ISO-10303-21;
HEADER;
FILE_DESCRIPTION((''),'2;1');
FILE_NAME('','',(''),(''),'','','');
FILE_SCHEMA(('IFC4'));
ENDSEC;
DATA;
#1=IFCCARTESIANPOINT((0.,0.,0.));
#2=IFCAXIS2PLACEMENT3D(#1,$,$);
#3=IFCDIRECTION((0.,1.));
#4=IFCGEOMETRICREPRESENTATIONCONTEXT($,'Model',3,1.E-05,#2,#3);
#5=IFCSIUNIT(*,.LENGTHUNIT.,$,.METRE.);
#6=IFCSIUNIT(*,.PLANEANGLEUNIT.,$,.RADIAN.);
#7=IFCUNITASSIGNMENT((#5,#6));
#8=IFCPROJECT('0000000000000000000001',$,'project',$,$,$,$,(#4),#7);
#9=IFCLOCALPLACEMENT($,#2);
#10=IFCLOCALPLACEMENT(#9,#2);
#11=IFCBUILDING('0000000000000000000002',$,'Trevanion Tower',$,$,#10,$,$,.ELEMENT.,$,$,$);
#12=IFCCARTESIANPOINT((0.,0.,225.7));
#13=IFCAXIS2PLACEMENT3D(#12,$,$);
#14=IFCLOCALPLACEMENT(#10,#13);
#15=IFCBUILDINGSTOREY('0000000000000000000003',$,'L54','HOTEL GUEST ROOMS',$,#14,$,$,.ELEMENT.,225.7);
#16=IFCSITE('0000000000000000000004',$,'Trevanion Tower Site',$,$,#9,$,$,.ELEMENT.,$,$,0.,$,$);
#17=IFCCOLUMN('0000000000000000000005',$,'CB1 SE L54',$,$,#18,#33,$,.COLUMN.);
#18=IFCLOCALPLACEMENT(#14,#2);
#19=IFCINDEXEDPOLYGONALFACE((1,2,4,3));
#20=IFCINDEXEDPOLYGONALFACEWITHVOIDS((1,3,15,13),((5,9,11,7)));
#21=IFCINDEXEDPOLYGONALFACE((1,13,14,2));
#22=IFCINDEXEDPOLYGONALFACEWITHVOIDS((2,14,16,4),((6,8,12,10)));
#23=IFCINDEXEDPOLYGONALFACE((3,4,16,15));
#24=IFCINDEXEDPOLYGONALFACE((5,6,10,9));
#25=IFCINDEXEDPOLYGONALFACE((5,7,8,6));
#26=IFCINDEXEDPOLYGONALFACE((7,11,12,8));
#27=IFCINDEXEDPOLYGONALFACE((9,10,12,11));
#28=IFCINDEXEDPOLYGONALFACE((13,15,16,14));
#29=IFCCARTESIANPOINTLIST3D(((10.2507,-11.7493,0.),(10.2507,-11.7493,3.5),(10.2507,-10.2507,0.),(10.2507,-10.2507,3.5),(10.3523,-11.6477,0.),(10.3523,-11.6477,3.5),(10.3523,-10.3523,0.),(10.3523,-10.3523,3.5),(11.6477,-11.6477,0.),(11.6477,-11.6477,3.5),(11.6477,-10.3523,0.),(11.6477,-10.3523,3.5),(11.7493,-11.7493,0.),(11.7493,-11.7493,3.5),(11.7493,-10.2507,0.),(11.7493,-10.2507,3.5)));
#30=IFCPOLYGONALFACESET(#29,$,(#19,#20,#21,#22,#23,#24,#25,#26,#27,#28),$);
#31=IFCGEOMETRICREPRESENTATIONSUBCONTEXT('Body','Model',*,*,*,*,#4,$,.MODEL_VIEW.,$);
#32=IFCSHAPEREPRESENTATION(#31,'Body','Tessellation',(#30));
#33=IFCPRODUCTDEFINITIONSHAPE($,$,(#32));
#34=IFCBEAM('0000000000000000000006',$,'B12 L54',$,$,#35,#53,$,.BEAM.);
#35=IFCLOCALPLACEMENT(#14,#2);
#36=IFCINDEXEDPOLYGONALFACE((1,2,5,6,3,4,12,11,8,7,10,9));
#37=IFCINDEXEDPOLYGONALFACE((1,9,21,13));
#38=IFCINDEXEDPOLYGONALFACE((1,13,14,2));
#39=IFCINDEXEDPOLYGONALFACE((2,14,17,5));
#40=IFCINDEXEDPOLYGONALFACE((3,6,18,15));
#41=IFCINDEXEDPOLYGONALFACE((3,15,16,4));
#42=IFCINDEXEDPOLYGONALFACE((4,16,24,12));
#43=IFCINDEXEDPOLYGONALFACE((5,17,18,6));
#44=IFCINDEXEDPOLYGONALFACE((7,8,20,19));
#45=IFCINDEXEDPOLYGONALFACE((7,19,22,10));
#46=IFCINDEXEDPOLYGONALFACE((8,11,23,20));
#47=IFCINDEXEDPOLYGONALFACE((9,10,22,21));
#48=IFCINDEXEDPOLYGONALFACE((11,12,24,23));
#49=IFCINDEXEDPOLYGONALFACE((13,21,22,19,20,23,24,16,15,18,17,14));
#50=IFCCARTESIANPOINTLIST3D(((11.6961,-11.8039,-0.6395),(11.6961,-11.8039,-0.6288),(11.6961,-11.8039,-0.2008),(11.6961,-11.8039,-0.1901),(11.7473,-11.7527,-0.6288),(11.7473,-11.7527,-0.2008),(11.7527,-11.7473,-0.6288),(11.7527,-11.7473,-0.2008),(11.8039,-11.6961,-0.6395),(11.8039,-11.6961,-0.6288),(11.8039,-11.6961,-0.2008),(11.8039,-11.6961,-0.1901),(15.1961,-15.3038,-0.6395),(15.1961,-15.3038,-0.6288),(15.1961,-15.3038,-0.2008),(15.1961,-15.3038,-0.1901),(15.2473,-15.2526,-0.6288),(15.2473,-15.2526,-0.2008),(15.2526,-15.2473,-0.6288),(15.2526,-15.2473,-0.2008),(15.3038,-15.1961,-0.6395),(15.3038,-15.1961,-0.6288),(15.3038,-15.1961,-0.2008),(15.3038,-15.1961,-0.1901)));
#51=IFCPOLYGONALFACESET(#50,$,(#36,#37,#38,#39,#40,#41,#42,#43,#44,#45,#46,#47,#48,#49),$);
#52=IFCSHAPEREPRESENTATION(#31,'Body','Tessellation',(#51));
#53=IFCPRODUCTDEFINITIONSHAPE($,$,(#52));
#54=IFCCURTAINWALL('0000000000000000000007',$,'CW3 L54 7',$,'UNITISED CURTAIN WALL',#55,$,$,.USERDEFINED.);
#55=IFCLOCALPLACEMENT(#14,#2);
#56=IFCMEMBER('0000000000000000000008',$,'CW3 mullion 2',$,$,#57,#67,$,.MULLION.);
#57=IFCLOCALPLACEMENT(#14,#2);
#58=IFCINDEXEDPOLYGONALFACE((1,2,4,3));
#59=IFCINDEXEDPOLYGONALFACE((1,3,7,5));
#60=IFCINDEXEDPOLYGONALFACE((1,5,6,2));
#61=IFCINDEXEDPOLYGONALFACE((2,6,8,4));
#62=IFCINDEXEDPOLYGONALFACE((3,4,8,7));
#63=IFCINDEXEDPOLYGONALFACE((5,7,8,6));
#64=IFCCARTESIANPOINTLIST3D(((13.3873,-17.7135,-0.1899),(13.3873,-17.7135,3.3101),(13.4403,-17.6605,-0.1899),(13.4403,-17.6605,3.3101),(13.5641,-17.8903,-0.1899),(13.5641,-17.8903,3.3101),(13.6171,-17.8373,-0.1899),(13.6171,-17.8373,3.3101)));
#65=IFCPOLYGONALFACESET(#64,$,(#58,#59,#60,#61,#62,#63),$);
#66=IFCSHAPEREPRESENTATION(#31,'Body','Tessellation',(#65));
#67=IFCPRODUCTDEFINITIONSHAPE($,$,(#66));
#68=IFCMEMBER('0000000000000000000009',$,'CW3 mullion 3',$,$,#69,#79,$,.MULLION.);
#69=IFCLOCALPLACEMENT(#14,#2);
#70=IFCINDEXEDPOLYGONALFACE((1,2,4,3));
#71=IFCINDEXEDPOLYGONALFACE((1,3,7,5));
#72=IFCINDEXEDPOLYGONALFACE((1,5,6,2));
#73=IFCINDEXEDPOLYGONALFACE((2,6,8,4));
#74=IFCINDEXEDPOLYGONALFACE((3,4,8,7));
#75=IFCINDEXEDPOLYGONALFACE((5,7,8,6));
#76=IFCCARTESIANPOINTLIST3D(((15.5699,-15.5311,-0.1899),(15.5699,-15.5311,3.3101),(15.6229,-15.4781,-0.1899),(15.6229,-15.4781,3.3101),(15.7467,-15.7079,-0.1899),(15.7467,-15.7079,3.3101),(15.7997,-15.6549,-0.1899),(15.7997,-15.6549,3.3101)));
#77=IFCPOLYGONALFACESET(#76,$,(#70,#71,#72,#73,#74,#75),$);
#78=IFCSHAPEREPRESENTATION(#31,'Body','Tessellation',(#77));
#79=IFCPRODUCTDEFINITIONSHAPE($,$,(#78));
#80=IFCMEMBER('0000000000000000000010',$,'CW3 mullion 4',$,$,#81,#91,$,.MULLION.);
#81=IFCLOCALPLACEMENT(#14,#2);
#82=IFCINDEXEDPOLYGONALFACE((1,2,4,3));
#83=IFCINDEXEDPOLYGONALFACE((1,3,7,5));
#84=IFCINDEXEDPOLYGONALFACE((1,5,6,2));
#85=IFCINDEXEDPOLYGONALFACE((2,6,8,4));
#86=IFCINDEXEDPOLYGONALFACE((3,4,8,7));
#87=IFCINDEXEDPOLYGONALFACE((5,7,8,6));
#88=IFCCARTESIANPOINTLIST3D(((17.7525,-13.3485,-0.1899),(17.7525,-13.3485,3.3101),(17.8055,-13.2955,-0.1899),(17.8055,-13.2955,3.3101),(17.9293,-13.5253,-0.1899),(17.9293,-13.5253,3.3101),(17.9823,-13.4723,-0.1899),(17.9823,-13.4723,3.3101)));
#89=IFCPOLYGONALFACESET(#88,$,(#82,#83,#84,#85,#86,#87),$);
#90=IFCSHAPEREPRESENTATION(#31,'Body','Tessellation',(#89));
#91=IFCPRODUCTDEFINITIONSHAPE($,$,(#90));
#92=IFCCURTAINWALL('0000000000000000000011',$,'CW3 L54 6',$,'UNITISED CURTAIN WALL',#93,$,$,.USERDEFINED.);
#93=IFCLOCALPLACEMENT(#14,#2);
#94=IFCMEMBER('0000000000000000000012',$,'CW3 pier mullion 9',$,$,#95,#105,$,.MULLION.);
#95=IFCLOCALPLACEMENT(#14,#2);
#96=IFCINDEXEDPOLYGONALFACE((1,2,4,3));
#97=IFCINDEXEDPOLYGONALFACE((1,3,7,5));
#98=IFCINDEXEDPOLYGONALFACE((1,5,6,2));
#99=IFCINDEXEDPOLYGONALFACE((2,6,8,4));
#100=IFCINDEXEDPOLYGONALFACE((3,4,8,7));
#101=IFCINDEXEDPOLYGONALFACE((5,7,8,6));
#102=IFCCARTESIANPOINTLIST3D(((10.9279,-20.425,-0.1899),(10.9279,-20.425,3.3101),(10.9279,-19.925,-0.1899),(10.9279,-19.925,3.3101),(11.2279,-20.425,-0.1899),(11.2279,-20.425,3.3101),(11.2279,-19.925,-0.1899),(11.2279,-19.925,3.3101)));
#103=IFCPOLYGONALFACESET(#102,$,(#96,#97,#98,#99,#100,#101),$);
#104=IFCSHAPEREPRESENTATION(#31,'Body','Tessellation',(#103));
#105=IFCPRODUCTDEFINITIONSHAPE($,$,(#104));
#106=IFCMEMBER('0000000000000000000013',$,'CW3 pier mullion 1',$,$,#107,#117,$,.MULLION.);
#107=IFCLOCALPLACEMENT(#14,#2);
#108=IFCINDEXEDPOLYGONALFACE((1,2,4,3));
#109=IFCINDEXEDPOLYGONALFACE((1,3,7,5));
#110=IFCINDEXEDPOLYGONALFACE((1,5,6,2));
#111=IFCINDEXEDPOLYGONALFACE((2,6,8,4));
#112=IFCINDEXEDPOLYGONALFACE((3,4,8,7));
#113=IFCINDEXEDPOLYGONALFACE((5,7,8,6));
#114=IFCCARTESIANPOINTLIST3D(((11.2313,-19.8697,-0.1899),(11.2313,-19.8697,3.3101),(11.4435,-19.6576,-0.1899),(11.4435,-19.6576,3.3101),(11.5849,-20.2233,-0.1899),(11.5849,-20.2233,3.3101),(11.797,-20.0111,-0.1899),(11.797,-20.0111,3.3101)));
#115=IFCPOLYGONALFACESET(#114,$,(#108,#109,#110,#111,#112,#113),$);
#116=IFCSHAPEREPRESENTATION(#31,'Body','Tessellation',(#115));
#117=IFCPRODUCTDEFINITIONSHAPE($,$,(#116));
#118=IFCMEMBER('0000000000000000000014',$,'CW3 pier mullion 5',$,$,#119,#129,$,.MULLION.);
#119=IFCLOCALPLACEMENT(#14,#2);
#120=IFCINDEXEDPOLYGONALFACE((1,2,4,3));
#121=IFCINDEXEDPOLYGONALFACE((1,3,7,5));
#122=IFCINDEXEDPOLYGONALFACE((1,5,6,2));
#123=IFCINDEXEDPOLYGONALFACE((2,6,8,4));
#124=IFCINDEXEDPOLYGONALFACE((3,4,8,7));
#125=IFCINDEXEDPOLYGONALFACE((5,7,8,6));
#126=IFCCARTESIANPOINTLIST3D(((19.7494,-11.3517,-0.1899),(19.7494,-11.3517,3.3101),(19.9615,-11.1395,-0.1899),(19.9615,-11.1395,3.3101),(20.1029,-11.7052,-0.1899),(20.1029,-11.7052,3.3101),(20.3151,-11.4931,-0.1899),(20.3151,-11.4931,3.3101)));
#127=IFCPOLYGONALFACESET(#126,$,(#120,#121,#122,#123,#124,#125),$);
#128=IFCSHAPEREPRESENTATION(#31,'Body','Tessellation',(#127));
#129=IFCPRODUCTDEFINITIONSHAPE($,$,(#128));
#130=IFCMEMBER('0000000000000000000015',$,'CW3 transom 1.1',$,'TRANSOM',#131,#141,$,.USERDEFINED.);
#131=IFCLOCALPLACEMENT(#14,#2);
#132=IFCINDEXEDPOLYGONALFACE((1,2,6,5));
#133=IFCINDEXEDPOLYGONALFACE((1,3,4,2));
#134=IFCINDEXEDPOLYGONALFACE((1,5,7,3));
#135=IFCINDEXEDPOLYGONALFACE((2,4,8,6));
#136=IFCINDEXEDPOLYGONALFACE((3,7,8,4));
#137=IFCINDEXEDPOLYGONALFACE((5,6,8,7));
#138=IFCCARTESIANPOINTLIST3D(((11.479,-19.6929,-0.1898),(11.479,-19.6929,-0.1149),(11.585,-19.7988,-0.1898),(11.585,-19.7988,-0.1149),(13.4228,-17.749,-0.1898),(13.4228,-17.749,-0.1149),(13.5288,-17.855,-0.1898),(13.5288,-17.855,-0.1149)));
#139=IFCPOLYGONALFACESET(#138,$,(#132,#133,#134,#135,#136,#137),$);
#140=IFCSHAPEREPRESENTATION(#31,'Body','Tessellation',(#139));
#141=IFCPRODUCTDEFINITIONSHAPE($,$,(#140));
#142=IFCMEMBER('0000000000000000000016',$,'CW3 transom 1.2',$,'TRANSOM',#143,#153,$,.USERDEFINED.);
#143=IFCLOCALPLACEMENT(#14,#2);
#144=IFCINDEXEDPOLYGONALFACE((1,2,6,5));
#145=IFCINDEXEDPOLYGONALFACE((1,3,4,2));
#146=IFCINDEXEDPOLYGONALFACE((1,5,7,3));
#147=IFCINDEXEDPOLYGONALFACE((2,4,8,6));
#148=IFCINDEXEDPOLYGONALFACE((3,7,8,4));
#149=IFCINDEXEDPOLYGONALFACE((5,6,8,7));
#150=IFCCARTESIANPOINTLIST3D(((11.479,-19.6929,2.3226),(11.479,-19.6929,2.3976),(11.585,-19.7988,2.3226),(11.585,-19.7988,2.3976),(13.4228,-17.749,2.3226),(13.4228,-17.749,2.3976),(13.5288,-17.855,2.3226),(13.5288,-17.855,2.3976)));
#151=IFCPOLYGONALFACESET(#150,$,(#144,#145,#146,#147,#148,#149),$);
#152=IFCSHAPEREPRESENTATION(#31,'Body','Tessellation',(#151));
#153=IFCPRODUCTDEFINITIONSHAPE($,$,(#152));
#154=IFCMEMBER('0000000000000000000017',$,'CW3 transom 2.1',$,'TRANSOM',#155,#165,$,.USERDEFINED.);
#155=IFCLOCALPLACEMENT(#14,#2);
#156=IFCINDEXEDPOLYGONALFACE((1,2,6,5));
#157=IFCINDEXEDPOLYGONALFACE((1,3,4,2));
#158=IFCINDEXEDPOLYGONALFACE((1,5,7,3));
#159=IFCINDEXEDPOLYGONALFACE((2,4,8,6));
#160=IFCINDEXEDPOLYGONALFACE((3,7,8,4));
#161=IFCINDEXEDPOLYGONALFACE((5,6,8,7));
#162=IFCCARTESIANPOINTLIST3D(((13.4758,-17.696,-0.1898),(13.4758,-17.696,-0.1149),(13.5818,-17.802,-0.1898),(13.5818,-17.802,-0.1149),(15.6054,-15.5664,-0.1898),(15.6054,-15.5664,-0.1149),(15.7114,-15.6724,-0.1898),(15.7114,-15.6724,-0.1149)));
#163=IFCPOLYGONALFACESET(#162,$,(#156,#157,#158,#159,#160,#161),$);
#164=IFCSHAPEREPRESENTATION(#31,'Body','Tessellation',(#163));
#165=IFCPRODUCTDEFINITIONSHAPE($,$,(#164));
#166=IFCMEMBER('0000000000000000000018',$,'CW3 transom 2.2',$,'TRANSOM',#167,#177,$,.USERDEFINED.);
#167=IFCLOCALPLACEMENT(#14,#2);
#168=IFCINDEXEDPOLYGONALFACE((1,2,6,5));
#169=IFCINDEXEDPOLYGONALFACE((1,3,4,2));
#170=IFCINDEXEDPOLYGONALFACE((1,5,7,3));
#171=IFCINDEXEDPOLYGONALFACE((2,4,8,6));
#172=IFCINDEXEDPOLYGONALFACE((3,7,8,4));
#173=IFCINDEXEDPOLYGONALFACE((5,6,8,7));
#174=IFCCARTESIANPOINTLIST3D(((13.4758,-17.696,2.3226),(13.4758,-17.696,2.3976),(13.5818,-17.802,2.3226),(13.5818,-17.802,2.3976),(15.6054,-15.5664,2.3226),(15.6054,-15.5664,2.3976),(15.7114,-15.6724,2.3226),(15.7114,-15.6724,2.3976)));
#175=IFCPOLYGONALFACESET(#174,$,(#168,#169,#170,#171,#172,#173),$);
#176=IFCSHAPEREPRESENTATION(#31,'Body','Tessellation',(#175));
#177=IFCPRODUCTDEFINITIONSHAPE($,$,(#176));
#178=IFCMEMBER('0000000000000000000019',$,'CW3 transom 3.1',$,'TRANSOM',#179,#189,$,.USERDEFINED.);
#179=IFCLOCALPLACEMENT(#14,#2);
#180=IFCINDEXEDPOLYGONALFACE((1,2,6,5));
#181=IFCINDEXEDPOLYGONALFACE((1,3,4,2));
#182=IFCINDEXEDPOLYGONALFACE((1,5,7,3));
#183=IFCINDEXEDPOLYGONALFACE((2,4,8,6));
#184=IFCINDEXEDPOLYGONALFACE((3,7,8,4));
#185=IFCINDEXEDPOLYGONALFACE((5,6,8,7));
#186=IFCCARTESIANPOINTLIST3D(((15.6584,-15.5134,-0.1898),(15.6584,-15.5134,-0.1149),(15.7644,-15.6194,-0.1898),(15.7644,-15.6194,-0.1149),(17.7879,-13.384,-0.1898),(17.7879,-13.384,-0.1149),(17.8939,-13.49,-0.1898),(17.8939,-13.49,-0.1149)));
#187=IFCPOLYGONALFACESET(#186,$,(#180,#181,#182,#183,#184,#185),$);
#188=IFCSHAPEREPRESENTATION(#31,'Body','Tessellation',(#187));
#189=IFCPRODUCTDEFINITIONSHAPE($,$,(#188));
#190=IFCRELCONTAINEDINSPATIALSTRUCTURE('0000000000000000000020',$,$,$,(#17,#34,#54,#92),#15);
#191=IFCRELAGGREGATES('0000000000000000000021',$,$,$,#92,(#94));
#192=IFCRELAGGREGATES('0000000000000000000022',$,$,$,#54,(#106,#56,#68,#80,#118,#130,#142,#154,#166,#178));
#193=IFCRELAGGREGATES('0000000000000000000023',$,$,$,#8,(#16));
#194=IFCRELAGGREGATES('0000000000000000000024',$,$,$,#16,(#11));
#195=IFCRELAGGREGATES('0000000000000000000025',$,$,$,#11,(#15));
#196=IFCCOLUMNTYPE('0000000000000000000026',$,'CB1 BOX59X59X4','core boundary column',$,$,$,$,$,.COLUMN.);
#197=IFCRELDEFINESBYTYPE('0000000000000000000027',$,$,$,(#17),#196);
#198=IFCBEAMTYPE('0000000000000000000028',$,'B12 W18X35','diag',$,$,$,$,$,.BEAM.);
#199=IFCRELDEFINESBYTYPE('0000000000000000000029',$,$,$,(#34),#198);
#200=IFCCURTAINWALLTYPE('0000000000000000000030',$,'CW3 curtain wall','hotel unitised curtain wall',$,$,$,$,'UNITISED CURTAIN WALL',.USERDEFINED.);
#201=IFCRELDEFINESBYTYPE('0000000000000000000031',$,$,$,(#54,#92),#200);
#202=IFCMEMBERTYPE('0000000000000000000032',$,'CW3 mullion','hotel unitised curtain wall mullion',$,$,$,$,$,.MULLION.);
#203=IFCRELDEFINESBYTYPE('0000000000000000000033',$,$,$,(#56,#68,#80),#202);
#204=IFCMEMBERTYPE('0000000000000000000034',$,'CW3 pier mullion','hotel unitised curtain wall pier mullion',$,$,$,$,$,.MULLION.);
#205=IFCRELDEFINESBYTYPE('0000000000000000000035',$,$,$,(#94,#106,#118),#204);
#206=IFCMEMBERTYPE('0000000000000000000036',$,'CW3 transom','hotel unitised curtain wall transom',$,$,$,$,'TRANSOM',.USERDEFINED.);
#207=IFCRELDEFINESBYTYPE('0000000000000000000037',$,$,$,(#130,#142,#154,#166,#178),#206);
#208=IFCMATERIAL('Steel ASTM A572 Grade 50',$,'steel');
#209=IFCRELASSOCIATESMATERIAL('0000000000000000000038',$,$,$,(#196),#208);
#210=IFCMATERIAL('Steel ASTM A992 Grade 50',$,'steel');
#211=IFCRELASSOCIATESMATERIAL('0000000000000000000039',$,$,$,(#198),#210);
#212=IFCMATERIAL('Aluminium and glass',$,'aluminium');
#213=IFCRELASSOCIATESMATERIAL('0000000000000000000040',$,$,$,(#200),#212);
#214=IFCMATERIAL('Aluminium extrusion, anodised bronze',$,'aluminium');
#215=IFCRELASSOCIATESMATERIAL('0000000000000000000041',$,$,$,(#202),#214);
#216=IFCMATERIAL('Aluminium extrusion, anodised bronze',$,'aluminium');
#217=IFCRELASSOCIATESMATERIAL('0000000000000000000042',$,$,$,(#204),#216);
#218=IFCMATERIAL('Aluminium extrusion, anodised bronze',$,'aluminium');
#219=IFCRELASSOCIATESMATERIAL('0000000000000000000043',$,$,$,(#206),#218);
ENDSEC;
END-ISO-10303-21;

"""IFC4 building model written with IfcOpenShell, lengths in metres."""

from ifc_helpers import new_model, si_unit, direction, frame, origin, origin_2d, place, context, subcontext, project, spatial, rectangle, hollow_rectangle, i_section, extrude, material, material_profile, profile_set, type_object, element, aggregate, save


model = new_model("IFC4")

# Units and contexts
model_context = context("Model", 3, precision=1e-05, world=origin(), true_north=direction((0.0, 1.0)))
body_context = subcontext(model_context, "Body", "Model", "MODEL_VIEW")
ifc_project = project(units=[si_unit("LENGTHUNIT", "METRE"), si_unit("PLANEANGLEUNIT", "RADIAN")], contexts=[model_context])

# Site, building, storey
site_placement = place(None, origin())
site = spatial("IfcSite", under=ifc_project, at=site_placement, Name="Trevanion Tower Site", CompositionType="ELEMENT", RefElevation=0.0)
building_placement = place(site_placement, origin())
building = spatial("IfcBuilding", under=site, at=building_placement, Name="Trevanion Tower", CompositionType="ELEMENT")
storey_placement = place(building_placement, frame((0.0, 0.0, 225.7)))
storey = spatial("IfcBuildingStorey", under=building, at=storey_placement, Name="L54", Description="HOTEL GUEST ROOMS", CompositionType="ELEMENT", Elevation=225.7)

# Column
ifc_material_1 = material(Name="Steel ASTM A572 Grade 50", Category="steel")
ifc_material_profile_1 = material_profile(ifc_material_1, hollow_rectangle(XDim=1.4985, YDim=1.4985, WallThickness=0.1016, at=origin_2d()), Name="BOX59X59X4")
ifc_profile_set_1 = profile_set([ifc_material_profile_1], Name="Steel ASTM A572 Grade 50")
column_type = type_object("IfcColumnType", Name="CB1 BOX59X59X4", Description="core boundary column", PredefinedType="COLUMN", material=ifc_profile_set_1)
column_placement = place(storey_placement, frame((11.0, -11.0, 0.0), z_axis=(0.0, 0.0, 1.0), x_axis=(1.0, 0.0, 0.0)))
element("IfcColumn", 1, at=column_placement, inside=storey, type_object=column_type, Name="CB1 SE L54", PredefinedType="COLUMN", context=body_context, shape_type="SweptSolid", body=[
    extrude(hollow_rectangle(XDim=1.4985, YDim=1.4985, WallThickness=0.1016, at=origin_2d()), origin(), (0.0, 0.0, 1.0), 3.5),
])

# Beam
ifc_material_2 = material(Name="Steel ASTM A992 Grade 50", Category="steel")
ifc_material_profile_2 = material_profile(ifc_material_2, i_section(OverallWidth=0.1523, OverallDepth=0.4495, WebThickness=0.0076, FlangeThickness=0.0107, at=origin_2d()), Name="W18X35")
ifc_profile_set_2 = profile_set([ifc_material_profile_2], Name="Steel ASTM A992 Grade 50")
beam_type_1 = type_object("IfcBeamType", Name="B12 W18X35", Description="diag", PredefinedType="BEAM", material=ifc_profile_set_2)
beam_placement = place(storey_placement, frame((11.75, -11.75, -0.4148), z_axis=(0.707107, -0.707107, 0.0), x_axis=(0.707107, 0.707107, 0.0)))
element("IfcBeam", 2, at=beam_placement, inside=storey, type_object=beam_type_1, Name="B12 L54", PredefinedType="BEAM", context=body_context, shape_type="SweptSolid", body=[
    extrude(i_section(OverallWidth=0.1523, OverallDepth=0.4495, WebThickness=0.0076, FlangeThickness=0.0107, at=origin_2d()), origin(), (0.0, 0.0, 1.0), 4.9497),
])

# Curtain wall, members
ifc_material_3 = material(Name="Aluminium and glass", Category="aluminium")
curtain_wall_type = type_object("IfcCurtainWallType", Name="CW3 curtain wall", Description="hotel unitised curtain wall", ElementType="UNITISED CURTAIN WALL", PredefinedType="USERDEFINED", material=ifc_material_3)
curtain_wall_1_placement = place(storey_placement, origin())
curtain_wall_1 = element("IfcCurtainWall", 3, at=curtain_wall_1_placement, inside=storey, type_object=curtain_wall_type, Name="CW3 L54 7", ObjectType="UNITISED CURTAIN WALL", PredefinedType="USERDEFINED")
ifc_material_4 = material(Name="Aluminium extrusion, anodised bronze", Category="aluminium")
ifc_material_profile_3 = material_profile(ifc_material_4, rectangle(XDim=0.075, YDim=0.25, at=origin_2d()), Name="CW3 mullion")
ifc_profile_set_3 = profile_set([ifc_material_profile_3], Name="Aluminium extrusion, anodised bronze")
member_type_1 = type_object("IfcMemberType", Name="CW3 mullion", Description="hotel unitised curtain wall mullion", PredefinedType="MULLION", material=ifc_profile_set_3)
member_1_placement = place(storey_placement, frame((13.5022, -17.7754, -0.1899), z_axis=(0.0, 0.0, 1.0), x_axis=(0.707107, 0.707107, 0.0)))
member_1 = element("IfcMember", 4, at=member_1_placement, type_object=member_type_1, Name="CW3 mullion 2", PredefinedType="MULLION", context=body_context, shape_type="SweptSolid", body=[
    extrude(rectangle(XDim=0.075, YDim=0.25, at=origin_2d()), origin(), (0.0, 0.0, 1.0), 3.5),
])
member_2_placement = place(storey_placement, frame((15.6848, -15.593, -0.1899), z_axis=(0.0, 0.0, 1.0), x_axis=(0.707107, 0.707107, 0.0)))
member_2 = element("IfcMember", 5, at=member_2_placement, type_object=member_type_1, Name="CW3 mullion 3", PredefinedType="MULLION", context=body_context, shape_type="SweptSolid", body=[
    extrude(rectangle(XDim=0.075, YDim=0.25, at=origin_2d()), origin(), (0.0, 0.0, 1.0), 3.5),
])
member_3_placement = place(storey_placement, frame((17.8674, -13.4104, -0.1899), z_axis=(0.0, 0.0, 1.0), x_axis=(0.707107, 0.707107, 0.0)))
member_3 = element("IfcMember", 6, at=member_3_placement, type_object=member_type_1, Name="CW3 mullion 4", PredefinedType="MULLION", context=body_context, shape_type="SweptSolid", body=[
    extrude(rectangle(XDim=0.075, YDim=0.25, at=origin_2d()), origin(), (0.0, 0.0, 1.0), 3.5),
])

# Curtain wall, member
curtain_wall_2_placement = place(storey_placement, origin())
curtain_wall_2 = element("IfcCurtainWall", 7, at=curtain_wall_2_placement, inside=storey, type_object=curtain_wall_type, Name="CW3 L54 6", ObjectType="UNITISED CURTAIN WALL", PredefinedType="USERDEFINED")
ifc_material_5 = material(Name="Aluminium extrusion, anodised bronze", Category="aluminium")
ifc_material_profile_4 = material_profile(ifc_material_5, rectangle(XDim=0.3, YDim=0.5, at=origin_2d()), Name="CW3 pier mullion")
ifc_profile_set_4 = profile_set([ifc_material_profile_4], Name="Aluminium extrusion, anodised bronze")
member_type_2 = type_object("IfcMemberType", Name="CW3 pier mullion", Description="hotel unitised curtain wall pier mullion", PredefinedType="MULLION", material=ifc_profile_set_4)
member_4_placement = place(storey_placement, frame((11.0779, -20.175, -0.1899), z_axis=(0.0, 0.0, 1.0), x_axis=(1.0, 0.0, 0.0)))
member_4 = element("IfcMember", 8, at=member_4_placement, type_object=member_type_2, Name="CW3 pier mullion 9", PredefinedType="MULLION", context=body_context, shape_type="SweptSolid", body=[
    extrude(rectangle(XDim=0.3, YDim=0.5, at=origin_2d()), origin(), (0.0, 0.0, 1.0), 3.5),
])
aggregate(curtain_wall_2, [member_4])

# Members
member_5_placement = place(storey_placement, frame((11.5142, -19.9404, -0.1899), z_axis=(0.0, 0.0, 1.0), x_axis=(0.707107, 0.707107, 0.0)))
member_5 = element("IfcMember", 9, at=member_5_placement, type_object=member_type_2, Name="CW3 pier mullion 1", PredefinedType="MULLION", context=body_context, shape_type="SweptSolid", body=[
    extrude(rectangle(XDim=0.3, YDim=0.5, at=origin_2d()), origin(), (0.0, 0.0, 1.0), 3.5),
])
member_6_placement = place(storey_placement, frame((20.0322, -11.4224, -0.1899), z_axis=(0.0, 0.0, 1.0), x_axis=(0.707107, 0.707107, 0.0)))
member_6 = element("IfcMember", 10, at=member_6_placement, type_object=member_type_2, Name="CW3 pier mullion 5", PredefinedType="MULLION", context=body_context, shape_type="SweptSolid", body=[
    extrude(rectangle(XDim=0.3, YDim=0.5, at=origin_2d()), origin(), (0.0, 0.0, 1.0), 3.5),
])
ifc_material_6 = material(Name="Aluminium extrusion, anodised bronze", Category="aluminium")
ifc_material_profile_5 = material_profile(ifc_material_6, rectangle(XDim=0.1499, YDim=0.075, at=origin_2d()), Name="CW3 transom")
ifc_profile_set_5 = profile_set([ifc_material_profile_5], Name="Aluminium extrusion, anodised bronze")
member_type_3 = type_object("IfcMemberType", Name="CW3 transom", Description="hotel unitised curtain wall transom", ElementType="TRANSOM", PredefinedType="USERDEFINED", material=ifc_profile_set_5)
member_7_placement = place(storey_placement, frame((11.532, -19.7458, -0.1523), z_axis=(0.707107, 0.707107, 0.0), x_axis=(-0.707107, 0.707107, 0.0)))
member_7 = element("IfcMember", 11, at=member_7_placement, type_object=member_type_3, Name="CW3 transom 1.1", ObjectType="TRANSOM", PredefinedType="USERDEFINED", context=body_context, shape_type="SweptSolid", body=[
    extrude(rectangle(XDim=0.1499, YDim=0.075, at=origin_2d()), origin(), (0.0, 0.0, 1.0), 2.749),
])
member_8_placement = place(storey_placement, frame((11.532, -19.7458, 2.3601), z_axis=(0.707107, 0.707107, 0.0), x_axis=(-0.707107, 0.707107, 0.0)))
member_8 = element("IfcMember", 12, at=member_8_placement, type_object=member_type_3, Name="CW3 transom 1.2", ObjectType="TRANSOM", PredefinedType="USERDEFINED", context=body_context, shape_type="SweptSolid", body=[
    extrude(rectangle(XDim=0.1499, YDim=0.075, at=origin_2d()), origin(), (0.0, 0.0, 1.0), 2.749),
])
member_9_placement = place(storey_placement, frame((13.5288, -17.749, -0.1523), z_axis=(0.707107, 0.707107, 0.0), x_axis=(-0.707107, 0.707107, 0.0)))
member_9 = element("IfcMember", 13, at=member_9_placement, type_object=member_type_3, Name="CW3 transom 2.1", ObjectType="TRANSOM", PredefinedType="USERDEFINED", context=body_context, shape_type="SweptSolid", body=[
    extrude(rectangle(XDim=0.1499, YDim=0.075, at=origin_2d()), origin(), (0.0, 0.0, 1.0), 3.0117),
])
member_10_placement = place(storey_placement, frame((13.5288, -17.749, 2.3601), z_axis=(0.707107, 0.707107, 0.0), x_axis=(-0.707107, 0.707107, 0.0)))
member_10 = element("IfcMember", 14, at=member_10_placement, type_object=member_type_3, Name="CW3 transom 2.2", ObjectType="TRANSOM", PredefinedType="USERDEFINED", context=body_context, shape_type="SweptSolid", body=[
    extrude(rectangle(XDim=0.1499, YDim=0.075, at=origin_2d()), origin(), (0.0, 0.0, 1.0), 3.0117),
])
member_11_placement = place(storey_placement, frame((15.7114, -15.5664, -0.1523), z_axis=(0.707107, 0.707107, 0.0), x_axis=(-0.707107, 0.707107, 0.0)))
member_11 = element("IfcMember", 15, at=member_11_placement, type_object=member_type_3, Name="CW3 transom 3.1", ObjectType="TRANSOM", PredefinedType="USERDEFINED", context=body_context, shape_type="SweptSolid", body=[
    extrude(rectangle(XDim=0.1499, YDim=0.075, at=origin_2d()), origin(), (0.0, 0.0, 1.0), 3.0115),
])

aggregate(curtain_wall_1, [member_5, member_1, member_2, member_3, member_6, member_7, member_8, member_9, member_10, member_11])

save(model, "model.ifc")
